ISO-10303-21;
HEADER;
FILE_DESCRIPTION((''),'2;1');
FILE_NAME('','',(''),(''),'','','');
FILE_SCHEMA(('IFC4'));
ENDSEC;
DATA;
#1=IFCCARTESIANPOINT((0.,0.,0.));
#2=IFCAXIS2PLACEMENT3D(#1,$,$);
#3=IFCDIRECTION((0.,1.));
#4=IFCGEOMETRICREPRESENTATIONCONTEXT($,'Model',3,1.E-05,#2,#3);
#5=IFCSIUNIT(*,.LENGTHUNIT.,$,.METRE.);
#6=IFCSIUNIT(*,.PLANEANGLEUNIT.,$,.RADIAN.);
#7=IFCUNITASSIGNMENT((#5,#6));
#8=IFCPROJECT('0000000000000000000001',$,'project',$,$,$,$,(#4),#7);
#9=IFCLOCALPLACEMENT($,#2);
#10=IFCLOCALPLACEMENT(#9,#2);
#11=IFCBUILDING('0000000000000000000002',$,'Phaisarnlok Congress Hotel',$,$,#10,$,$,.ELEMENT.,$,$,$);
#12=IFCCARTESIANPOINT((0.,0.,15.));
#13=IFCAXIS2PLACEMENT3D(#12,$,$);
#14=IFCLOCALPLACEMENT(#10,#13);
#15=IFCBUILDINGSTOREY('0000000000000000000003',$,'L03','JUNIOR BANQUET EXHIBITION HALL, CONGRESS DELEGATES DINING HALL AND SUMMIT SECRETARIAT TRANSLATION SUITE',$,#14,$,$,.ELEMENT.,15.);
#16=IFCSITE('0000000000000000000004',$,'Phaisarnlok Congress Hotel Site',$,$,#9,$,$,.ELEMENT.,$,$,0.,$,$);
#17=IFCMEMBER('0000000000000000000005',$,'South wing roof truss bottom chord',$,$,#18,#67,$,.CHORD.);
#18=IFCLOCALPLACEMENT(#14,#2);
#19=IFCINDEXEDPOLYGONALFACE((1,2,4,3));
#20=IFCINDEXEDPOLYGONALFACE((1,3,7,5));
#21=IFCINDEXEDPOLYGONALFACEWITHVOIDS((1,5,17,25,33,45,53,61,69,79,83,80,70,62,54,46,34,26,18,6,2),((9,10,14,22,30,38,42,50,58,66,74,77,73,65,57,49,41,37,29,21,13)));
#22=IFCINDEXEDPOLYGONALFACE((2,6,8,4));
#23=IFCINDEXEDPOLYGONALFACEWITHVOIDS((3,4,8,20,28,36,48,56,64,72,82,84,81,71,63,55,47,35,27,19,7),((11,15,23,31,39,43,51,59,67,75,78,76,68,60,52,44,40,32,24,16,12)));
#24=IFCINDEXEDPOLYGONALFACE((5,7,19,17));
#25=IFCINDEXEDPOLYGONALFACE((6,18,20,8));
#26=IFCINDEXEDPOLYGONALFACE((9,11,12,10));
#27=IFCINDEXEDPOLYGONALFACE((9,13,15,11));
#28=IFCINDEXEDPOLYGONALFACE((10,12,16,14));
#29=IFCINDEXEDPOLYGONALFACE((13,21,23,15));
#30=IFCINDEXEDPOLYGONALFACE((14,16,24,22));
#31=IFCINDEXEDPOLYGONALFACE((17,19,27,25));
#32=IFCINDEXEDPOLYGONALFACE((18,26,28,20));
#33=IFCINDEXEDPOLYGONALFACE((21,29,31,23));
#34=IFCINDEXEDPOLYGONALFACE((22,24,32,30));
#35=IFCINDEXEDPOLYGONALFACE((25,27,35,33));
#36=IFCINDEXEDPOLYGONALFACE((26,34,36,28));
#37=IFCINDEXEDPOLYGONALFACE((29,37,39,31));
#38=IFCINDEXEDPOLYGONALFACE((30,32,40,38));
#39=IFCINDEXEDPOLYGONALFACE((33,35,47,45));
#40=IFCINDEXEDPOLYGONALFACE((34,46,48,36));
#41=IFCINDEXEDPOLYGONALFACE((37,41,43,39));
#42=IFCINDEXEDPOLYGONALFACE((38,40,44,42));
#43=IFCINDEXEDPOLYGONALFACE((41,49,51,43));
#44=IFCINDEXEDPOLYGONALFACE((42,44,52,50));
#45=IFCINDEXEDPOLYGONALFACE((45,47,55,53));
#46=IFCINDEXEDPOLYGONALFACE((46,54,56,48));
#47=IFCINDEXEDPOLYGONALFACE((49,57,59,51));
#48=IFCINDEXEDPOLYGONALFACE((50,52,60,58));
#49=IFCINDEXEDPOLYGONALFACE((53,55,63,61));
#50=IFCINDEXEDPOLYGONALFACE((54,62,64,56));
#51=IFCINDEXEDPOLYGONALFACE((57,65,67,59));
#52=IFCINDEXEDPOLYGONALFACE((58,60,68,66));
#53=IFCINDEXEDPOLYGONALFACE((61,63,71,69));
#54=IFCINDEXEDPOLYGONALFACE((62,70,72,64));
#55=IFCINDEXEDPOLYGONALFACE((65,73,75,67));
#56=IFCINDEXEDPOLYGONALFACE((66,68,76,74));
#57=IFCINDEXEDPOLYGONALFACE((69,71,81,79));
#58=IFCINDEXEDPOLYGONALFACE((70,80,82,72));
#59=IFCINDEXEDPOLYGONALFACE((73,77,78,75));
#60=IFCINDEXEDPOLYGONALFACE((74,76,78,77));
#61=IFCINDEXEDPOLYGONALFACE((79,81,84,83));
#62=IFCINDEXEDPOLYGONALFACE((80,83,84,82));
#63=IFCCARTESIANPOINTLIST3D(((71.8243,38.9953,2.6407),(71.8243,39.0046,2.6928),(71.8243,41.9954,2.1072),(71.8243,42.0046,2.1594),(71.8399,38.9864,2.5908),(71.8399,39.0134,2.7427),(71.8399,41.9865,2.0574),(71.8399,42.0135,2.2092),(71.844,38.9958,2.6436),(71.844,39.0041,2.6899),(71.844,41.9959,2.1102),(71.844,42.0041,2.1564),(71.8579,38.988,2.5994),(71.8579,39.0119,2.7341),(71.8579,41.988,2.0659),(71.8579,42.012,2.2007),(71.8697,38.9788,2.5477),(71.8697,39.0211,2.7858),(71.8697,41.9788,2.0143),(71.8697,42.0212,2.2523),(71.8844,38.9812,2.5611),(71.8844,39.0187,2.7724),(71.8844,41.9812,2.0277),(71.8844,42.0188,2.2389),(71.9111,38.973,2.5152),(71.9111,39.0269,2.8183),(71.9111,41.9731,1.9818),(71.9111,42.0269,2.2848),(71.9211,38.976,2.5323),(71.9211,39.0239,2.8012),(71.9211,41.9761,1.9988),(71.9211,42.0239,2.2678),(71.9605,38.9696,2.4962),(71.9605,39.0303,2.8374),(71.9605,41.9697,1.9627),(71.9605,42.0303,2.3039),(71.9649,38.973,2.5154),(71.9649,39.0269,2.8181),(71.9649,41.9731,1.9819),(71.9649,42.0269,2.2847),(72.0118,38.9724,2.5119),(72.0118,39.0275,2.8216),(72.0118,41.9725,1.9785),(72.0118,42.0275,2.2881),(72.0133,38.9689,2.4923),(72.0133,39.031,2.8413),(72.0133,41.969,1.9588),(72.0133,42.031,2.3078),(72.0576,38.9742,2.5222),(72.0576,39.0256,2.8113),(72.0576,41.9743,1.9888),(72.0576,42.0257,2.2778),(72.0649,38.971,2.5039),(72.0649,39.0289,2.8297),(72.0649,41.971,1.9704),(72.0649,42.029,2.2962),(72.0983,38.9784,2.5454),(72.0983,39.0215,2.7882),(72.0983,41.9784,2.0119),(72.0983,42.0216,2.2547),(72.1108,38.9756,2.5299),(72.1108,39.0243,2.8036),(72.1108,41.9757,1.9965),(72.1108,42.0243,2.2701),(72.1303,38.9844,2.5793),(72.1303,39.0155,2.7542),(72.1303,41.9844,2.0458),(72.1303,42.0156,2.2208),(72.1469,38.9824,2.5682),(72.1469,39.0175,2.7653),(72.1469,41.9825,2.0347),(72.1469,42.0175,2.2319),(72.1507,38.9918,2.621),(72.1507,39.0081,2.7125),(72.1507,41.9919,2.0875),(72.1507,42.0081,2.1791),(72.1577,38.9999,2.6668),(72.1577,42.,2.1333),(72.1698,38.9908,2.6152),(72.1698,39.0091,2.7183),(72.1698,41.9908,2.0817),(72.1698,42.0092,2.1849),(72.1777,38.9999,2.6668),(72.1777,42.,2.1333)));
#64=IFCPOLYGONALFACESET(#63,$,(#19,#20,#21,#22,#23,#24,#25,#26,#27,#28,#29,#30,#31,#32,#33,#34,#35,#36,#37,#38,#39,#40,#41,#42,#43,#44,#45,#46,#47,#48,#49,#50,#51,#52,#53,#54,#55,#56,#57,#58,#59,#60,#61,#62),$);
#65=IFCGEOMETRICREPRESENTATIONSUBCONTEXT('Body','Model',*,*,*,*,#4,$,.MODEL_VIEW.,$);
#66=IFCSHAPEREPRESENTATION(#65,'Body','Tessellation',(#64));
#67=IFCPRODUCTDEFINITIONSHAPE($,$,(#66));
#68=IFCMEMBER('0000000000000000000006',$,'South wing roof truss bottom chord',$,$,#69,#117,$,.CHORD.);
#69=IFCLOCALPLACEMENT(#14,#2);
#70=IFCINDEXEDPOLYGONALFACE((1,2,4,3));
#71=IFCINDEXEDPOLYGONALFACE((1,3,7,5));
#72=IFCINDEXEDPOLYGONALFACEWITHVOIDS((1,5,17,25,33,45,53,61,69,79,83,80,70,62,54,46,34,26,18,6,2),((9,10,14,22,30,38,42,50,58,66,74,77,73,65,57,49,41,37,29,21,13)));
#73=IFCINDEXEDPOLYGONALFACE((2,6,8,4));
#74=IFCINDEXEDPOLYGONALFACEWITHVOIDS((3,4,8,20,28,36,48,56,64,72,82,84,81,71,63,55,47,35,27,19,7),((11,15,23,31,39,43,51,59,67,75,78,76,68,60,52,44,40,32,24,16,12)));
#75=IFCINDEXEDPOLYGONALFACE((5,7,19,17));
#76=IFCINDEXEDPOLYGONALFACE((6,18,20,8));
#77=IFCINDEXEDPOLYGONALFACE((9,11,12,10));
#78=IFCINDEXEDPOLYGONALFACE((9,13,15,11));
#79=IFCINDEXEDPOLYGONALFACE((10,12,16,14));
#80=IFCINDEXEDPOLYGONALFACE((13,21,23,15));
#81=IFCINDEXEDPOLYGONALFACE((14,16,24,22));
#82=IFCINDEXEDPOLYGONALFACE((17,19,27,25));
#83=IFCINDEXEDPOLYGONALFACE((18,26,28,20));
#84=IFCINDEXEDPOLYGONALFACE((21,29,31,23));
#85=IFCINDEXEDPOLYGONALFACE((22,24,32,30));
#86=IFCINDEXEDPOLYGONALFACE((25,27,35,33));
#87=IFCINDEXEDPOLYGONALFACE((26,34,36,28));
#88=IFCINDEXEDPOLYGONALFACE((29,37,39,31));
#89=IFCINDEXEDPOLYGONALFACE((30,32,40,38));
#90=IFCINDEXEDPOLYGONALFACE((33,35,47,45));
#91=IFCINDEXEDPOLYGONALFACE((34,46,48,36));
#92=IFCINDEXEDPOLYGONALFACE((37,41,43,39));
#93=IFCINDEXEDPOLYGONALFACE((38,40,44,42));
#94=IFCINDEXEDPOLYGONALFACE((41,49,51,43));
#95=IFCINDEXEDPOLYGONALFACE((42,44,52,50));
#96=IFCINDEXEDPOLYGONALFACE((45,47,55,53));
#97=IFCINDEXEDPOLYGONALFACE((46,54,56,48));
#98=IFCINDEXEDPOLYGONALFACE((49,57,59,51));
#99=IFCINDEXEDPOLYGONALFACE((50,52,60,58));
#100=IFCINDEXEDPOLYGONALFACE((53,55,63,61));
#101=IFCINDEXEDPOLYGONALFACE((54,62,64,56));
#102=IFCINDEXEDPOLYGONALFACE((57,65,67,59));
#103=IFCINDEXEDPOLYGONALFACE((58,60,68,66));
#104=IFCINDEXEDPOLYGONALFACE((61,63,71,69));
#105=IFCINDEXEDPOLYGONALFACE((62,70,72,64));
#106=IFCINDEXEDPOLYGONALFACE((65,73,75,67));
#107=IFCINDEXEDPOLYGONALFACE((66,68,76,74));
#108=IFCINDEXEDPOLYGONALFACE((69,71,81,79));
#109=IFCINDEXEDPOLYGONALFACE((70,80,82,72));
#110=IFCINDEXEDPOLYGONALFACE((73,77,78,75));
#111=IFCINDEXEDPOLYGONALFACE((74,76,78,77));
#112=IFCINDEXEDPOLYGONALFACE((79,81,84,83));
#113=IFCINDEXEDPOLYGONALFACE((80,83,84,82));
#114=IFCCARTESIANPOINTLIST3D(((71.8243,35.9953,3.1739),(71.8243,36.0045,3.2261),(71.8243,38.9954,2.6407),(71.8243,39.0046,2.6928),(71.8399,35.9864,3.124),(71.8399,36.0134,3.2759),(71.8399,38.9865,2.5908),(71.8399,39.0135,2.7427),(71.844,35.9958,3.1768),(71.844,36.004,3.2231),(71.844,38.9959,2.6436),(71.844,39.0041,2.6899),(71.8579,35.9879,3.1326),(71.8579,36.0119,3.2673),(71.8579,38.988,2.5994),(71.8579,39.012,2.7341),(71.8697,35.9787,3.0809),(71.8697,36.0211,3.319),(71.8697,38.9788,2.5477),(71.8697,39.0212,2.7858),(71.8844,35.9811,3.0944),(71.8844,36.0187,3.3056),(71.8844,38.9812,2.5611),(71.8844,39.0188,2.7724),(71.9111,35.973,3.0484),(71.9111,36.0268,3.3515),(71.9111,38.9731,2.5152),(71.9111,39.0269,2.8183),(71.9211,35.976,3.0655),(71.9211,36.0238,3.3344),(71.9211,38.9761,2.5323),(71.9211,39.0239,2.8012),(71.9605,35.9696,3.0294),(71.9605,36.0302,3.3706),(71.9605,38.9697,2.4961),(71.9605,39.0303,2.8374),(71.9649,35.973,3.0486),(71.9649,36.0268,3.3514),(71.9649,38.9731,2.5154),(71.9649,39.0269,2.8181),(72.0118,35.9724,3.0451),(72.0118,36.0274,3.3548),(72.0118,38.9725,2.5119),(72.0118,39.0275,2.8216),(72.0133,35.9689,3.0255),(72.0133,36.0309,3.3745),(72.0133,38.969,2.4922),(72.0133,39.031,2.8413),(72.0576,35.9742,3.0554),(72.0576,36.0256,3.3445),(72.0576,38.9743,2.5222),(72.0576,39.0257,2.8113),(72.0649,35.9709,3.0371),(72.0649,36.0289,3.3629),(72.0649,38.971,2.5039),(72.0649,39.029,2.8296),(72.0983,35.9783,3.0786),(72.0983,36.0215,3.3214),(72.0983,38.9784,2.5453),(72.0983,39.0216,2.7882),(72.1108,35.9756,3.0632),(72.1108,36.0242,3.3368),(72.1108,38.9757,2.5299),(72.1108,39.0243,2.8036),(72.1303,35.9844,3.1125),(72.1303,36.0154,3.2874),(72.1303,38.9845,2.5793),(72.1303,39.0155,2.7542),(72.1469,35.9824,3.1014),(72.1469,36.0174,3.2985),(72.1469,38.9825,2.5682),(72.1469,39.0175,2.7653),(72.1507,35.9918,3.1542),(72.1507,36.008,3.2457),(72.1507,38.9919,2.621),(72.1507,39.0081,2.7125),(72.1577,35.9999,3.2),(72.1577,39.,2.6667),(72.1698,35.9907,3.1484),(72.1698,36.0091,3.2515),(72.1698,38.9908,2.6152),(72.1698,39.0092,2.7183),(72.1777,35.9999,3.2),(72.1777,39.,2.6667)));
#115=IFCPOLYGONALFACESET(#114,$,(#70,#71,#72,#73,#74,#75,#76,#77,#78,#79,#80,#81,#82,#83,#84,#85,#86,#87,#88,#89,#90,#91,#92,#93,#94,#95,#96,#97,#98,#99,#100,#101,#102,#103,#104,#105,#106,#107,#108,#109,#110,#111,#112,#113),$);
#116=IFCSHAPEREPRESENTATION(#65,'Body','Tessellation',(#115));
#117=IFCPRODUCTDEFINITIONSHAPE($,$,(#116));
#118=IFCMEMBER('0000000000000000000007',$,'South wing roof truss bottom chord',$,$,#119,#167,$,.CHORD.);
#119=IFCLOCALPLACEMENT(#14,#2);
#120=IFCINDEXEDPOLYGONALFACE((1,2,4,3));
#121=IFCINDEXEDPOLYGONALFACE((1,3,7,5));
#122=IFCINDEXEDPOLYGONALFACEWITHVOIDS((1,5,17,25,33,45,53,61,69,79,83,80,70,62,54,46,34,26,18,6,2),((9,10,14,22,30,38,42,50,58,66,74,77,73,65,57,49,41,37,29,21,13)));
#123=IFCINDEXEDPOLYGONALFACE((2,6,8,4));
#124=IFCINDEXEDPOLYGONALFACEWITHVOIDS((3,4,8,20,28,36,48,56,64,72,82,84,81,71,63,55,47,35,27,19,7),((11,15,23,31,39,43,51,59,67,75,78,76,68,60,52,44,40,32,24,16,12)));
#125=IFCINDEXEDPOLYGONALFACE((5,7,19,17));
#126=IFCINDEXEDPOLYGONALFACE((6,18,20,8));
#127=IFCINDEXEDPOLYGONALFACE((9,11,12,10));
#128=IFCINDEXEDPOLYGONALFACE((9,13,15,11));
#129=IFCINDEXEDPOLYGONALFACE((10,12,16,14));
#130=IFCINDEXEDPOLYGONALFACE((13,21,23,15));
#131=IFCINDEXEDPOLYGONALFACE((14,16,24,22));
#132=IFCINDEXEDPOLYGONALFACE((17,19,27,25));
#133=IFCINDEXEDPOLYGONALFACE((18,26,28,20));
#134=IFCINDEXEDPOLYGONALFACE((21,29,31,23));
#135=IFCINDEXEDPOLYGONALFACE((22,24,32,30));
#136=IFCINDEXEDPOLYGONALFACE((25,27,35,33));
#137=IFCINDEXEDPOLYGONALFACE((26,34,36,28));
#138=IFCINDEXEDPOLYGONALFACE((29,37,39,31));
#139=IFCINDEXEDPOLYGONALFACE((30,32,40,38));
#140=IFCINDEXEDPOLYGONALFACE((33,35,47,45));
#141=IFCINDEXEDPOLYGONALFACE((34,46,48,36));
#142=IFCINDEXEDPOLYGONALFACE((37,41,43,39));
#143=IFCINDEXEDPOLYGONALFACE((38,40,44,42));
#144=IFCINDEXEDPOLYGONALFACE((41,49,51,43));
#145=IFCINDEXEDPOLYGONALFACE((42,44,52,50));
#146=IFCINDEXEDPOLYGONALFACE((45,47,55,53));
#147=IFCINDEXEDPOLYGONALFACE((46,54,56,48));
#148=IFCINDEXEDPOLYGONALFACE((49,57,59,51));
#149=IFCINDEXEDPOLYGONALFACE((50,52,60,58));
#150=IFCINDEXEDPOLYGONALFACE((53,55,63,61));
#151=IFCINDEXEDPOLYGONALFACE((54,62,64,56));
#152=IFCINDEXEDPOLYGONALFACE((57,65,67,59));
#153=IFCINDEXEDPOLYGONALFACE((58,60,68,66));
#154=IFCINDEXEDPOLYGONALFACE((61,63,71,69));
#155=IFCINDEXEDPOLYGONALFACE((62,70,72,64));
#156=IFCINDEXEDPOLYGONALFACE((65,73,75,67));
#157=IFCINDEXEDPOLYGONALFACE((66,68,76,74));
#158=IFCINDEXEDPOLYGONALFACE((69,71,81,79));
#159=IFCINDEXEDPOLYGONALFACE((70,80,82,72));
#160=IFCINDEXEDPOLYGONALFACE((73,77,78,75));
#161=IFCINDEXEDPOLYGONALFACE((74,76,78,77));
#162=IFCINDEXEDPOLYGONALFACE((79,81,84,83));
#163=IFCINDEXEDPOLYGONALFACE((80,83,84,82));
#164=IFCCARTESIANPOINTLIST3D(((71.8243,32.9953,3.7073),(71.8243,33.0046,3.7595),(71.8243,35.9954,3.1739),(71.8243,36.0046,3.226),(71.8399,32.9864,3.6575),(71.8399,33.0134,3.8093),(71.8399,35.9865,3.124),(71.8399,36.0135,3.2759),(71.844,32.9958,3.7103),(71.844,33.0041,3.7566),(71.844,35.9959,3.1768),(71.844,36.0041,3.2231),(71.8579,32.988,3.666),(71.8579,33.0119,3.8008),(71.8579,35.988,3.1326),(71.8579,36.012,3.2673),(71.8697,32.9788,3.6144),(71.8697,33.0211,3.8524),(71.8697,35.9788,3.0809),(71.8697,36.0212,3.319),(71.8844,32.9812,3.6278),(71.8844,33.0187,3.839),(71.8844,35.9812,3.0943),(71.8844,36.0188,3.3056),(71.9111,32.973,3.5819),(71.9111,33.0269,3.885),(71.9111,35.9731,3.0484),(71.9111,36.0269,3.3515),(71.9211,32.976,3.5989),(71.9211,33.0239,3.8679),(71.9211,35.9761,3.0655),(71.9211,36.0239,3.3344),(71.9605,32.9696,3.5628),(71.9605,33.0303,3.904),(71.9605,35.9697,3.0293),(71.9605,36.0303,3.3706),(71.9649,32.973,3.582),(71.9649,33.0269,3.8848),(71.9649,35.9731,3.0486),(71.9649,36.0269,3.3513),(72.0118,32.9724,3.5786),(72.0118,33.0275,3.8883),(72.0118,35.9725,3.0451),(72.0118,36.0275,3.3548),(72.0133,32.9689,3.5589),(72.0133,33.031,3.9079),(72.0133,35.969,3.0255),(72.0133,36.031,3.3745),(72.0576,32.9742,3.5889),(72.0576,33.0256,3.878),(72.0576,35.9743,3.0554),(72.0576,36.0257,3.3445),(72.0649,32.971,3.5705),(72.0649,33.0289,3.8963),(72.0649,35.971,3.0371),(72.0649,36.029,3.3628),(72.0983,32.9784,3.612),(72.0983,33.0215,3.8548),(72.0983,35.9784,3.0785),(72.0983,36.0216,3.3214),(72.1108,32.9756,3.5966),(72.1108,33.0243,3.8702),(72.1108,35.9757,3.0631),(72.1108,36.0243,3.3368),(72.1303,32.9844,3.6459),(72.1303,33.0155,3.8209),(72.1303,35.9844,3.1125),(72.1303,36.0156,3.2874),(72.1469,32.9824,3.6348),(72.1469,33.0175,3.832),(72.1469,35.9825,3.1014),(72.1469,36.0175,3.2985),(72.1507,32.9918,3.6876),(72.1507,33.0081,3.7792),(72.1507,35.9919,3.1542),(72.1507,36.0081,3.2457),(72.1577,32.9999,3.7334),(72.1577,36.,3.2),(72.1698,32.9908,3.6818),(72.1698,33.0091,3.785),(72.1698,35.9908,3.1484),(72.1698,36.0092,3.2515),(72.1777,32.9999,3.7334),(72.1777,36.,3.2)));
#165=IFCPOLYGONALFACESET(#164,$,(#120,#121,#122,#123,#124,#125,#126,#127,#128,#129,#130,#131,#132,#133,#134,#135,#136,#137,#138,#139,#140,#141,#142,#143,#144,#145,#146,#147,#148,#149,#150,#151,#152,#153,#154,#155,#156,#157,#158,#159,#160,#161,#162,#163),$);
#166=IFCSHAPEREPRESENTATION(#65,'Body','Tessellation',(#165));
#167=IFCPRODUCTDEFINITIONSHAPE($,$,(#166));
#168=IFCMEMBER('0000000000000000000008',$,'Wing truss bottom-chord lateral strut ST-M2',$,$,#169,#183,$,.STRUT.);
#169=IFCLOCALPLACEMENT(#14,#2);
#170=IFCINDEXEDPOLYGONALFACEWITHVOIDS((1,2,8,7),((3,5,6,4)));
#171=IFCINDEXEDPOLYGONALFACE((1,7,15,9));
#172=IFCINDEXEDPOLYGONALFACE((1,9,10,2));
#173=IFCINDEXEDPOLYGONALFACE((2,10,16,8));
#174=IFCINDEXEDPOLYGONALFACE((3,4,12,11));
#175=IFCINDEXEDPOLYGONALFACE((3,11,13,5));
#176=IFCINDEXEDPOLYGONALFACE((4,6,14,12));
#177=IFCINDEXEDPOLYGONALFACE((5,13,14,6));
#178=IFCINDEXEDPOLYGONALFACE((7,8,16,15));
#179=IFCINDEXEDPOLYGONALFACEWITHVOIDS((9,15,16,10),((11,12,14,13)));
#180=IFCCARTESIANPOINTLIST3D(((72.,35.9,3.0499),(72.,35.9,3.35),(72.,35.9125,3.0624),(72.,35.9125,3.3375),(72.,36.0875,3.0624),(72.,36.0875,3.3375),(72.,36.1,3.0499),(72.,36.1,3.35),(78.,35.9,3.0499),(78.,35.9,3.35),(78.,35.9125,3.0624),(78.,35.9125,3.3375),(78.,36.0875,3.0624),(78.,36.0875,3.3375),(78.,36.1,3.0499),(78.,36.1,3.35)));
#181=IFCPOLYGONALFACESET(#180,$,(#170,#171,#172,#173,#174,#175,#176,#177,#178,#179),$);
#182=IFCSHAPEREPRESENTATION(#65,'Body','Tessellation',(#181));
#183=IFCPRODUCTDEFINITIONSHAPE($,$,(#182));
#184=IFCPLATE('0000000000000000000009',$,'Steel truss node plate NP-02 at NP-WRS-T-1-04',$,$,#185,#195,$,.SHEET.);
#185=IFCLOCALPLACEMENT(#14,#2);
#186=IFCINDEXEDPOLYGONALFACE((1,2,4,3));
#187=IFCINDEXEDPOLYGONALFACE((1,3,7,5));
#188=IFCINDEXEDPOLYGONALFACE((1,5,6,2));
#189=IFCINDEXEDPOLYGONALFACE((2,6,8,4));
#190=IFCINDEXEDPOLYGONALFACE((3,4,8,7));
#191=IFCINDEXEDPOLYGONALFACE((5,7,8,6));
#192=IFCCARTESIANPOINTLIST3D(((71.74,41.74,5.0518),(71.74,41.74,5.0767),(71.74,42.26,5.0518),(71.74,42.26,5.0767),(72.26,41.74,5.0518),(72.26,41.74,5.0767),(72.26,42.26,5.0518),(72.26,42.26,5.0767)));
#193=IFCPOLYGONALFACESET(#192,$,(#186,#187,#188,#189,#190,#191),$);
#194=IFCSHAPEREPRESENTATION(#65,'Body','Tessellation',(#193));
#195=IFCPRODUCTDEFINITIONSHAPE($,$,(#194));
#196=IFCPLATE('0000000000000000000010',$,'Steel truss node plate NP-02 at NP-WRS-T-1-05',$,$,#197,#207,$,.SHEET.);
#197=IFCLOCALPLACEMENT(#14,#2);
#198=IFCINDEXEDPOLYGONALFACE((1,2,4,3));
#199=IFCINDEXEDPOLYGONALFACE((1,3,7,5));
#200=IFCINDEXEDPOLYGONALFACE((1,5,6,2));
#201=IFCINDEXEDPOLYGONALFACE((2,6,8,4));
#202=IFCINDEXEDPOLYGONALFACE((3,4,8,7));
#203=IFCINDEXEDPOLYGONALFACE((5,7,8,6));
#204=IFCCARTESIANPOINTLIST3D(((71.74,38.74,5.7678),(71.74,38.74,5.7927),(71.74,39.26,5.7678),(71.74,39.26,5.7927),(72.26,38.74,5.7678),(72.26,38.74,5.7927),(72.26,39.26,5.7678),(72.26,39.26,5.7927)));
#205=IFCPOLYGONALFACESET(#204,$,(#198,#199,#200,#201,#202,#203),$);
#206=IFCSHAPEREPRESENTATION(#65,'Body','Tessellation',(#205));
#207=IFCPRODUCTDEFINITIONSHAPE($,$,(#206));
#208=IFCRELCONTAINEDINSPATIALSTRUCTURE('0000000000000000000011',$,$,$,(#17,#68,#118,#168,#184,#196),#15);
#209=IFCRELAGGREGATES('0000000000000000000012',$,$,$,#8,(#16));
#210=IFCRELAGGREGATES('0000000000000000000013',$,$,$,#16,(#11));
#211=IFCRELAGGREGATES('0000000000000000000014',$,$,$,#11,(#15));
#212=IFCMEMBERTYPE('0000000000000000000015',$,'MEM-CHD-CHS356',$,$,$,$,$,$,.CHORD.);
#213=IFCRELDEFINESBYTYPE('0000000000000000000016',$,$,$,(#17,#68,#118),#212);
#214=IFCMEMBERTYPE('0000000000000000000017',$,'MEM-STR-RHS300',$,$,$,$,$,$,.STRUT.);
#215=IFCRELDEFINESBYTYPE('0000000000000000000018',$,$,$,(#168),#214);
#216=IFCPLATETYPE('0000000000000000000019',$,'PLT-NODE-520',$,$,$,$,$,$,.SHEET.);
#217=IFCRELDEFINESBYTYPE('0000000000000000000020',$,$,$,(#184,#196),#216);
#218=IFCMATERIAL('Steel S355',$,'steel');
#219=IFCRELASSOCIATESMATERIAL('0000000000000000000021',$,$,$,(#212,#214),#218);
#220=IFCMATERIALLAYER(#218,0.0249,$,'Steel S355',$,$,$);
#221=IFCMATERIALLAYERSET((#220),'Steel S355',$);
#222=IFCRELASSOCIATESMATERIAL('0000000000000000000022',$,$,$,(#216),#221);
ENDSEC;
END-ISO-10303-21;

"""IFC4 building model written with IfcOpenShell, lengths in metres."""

from ifc_helpers import new_model, si_unit, direction, frame, origin, origin_2d, place, context, subcontext, project, spatial, rectangle, hollow_rectangle, hollow_circle, extrude, material, layer, layer_set, material_profile, profile_set, type_object, element, save


model = new_model("IFC4")

# Units and contexts
model_context = context("Model", 3, precision=1e-05, world=origin(), true_north=direction((0.0, 1.0)))
body_context = subcontext(model_context, "Body", "Model", "MODEL_VIEW")
ifc_project = project(units=[si_unit("LENGTHUNIT", "METRE"), si_unit("PLANEANGLEUNIT", "RADIAN")], contexts=[model_context])

# Site, building, storey
site_placement = place(None, origin())
site = spatial("IfcSite", under=ifc_project, at=site_placement, Name="Phaisarnlok Congress Hotel Site", CompositionType="ELEMENT", RefElevation=0.0)
building_placement = place(site_placement, origin())
building = spatial("IfcBuilding", under=site, at=building_placement, Name="Phaisarnlok Congress Hotel", CompositionType="ELEMENT")
storey_placement = place(building_placement, frame((0.0, 0.0, 15.0)))
storey = spatial("IfcBuildingStorey", under=building, at=storey_placement, Name="L03", Description="JUNIOR BANQUET EXHIBITION HALL, CONGRESS DELEGATES DINING HALL AND SUMMIT SECRETARIAT TRANSLATION SUITE", CompositionType="ELEMENT", Elevation=15.0)

# Shared definitions
ifc_material_1 = material(Name="Steel S355", Category="steel")

# Members
ifc_material_profile_1 = material_profile(ifc_material_1, hollow_circle(Radius=0.1777, WallThickness=0.02, at=origin_2d()), Name="CHS 355.6x20")
ifc_profile_set_1 = profile_set([ifc_material_profile_1], Name="Steel S355")
member_type_1 = type_object("IfcMemberType", Name="MEM-CHD-CHS356", PredefinedType="CHORD", material=ifc_profile_set_1)
for number, where, z_axis, x_axis, name in (
    (1, (72.0, 42.0, 2.1333), (0.0, -0.984556, 0.17507), (1.0, 0.0, 0.0), "South wing roof truss bottom chord"),
    (2, (72.0, 39.0, 2.6667), (0.0, -0.98457, 0.174992), (1.0, 0.0, 0.0), "South wing roof truss bottom chord"),
    (3, (72.0, 36.0, 3.2), (0.0, -0.984556, 0.17507), (1.0, 0.0, 0.0), "South wing roof truss bottom chord"),
):
    element("IfcMember", number, at=place(storey_placement, frame(where, z_axis=z_axis, x_axis=x_axis)), inside=storey, type_object=member_type_1, Name=name, PredefinedType="CHORD", context=body_context, shape_type="SweptSolid", body=[
        extrude(hollow_circle(Radius=0.1777, WallThickness=0.02, at=origin_2d()), origin(), (0.0, 0.0, 1.0), 3.0471),
    ])
ifc_material_profile_2 = material_profile(ifc_material_1, hollow_rectangle(XDim=0.2, YDim=0.3, WallThickness=0.0125, at=origin_2d()), Name="RHS 300x200x12.5")
ifc_profile_set_2 = profile_set([ifc_material_profile_2], Name="Steel S355")
member_type_2 = type_object("IfcMemberType", Name="MEM-STR-RHS300", PredefinedType="STRUT", material=ifc_profile_set_2)
member_1_placement = place(storey_placement, frame((72.0, 36.0, 3.2), z_axis=(1.0, 0.0, 0.0), x_axis=(0.0, 1.0, 0.0)))
element("IfcMember", 4, at=member_1_placement, inside=storey, type_object=member_type_2, Name="Wing truss bottom-chord lateral strut ST-M2", PredefinedType="STRUT", context=body_context, shape_type="SweptSolid", body=[
    extrude(hollow_rectangle(XDim=0.2, YDim=0.3, WallThickness=0.0125, at=origin_2d()), origin(), (0.0, 0.0, 1.0), 6.0),
])

# Plates
ifc_layer_1 = layer(ifc_material_1, 0.0249, Name="Steel S355")
ifc_layer_set_1 = layer_set([ifc_layer_1], Name="Steel S355")
plate_type_1 = type_object("IfcPlateType", Name="PLT-NODE-520", PredefinedType="SHEET", material=ifc_layer_set_1)
for number, where, z_axis, x_axis, name in (
    (5, (72.0, 42.0, 5.0518), (0.0, 0.0, 1.0), (1.0, 0.0, 0.0), "Steel truss node plate NP-02 at NP-WRS-T-1-04"),
    (6, (72.0, 39.0, 5.7678), (0.0, 0.0, 1.0), (1.0, 0.0, 0.0), "Steel truss node plate NP-02 at NP-WRS-T-1-05"),
):
    element("IfcPlate", number, at=place(storey_placement, frame(where, z_axis=z_axis, x_axis=x_axis)), inside=storey, type_object=plate_type_1, Name=name, PredefinedType="SHEET", context=body_context, shape_type="SweptSolid", body=[
        extrude(rectangle(XDim=0.52, YDim=0.52, at=origin_2d()), origin(), (0.0, 0.0, 1.0), 0.0249),
    ])

save(model, "model.ifc")
